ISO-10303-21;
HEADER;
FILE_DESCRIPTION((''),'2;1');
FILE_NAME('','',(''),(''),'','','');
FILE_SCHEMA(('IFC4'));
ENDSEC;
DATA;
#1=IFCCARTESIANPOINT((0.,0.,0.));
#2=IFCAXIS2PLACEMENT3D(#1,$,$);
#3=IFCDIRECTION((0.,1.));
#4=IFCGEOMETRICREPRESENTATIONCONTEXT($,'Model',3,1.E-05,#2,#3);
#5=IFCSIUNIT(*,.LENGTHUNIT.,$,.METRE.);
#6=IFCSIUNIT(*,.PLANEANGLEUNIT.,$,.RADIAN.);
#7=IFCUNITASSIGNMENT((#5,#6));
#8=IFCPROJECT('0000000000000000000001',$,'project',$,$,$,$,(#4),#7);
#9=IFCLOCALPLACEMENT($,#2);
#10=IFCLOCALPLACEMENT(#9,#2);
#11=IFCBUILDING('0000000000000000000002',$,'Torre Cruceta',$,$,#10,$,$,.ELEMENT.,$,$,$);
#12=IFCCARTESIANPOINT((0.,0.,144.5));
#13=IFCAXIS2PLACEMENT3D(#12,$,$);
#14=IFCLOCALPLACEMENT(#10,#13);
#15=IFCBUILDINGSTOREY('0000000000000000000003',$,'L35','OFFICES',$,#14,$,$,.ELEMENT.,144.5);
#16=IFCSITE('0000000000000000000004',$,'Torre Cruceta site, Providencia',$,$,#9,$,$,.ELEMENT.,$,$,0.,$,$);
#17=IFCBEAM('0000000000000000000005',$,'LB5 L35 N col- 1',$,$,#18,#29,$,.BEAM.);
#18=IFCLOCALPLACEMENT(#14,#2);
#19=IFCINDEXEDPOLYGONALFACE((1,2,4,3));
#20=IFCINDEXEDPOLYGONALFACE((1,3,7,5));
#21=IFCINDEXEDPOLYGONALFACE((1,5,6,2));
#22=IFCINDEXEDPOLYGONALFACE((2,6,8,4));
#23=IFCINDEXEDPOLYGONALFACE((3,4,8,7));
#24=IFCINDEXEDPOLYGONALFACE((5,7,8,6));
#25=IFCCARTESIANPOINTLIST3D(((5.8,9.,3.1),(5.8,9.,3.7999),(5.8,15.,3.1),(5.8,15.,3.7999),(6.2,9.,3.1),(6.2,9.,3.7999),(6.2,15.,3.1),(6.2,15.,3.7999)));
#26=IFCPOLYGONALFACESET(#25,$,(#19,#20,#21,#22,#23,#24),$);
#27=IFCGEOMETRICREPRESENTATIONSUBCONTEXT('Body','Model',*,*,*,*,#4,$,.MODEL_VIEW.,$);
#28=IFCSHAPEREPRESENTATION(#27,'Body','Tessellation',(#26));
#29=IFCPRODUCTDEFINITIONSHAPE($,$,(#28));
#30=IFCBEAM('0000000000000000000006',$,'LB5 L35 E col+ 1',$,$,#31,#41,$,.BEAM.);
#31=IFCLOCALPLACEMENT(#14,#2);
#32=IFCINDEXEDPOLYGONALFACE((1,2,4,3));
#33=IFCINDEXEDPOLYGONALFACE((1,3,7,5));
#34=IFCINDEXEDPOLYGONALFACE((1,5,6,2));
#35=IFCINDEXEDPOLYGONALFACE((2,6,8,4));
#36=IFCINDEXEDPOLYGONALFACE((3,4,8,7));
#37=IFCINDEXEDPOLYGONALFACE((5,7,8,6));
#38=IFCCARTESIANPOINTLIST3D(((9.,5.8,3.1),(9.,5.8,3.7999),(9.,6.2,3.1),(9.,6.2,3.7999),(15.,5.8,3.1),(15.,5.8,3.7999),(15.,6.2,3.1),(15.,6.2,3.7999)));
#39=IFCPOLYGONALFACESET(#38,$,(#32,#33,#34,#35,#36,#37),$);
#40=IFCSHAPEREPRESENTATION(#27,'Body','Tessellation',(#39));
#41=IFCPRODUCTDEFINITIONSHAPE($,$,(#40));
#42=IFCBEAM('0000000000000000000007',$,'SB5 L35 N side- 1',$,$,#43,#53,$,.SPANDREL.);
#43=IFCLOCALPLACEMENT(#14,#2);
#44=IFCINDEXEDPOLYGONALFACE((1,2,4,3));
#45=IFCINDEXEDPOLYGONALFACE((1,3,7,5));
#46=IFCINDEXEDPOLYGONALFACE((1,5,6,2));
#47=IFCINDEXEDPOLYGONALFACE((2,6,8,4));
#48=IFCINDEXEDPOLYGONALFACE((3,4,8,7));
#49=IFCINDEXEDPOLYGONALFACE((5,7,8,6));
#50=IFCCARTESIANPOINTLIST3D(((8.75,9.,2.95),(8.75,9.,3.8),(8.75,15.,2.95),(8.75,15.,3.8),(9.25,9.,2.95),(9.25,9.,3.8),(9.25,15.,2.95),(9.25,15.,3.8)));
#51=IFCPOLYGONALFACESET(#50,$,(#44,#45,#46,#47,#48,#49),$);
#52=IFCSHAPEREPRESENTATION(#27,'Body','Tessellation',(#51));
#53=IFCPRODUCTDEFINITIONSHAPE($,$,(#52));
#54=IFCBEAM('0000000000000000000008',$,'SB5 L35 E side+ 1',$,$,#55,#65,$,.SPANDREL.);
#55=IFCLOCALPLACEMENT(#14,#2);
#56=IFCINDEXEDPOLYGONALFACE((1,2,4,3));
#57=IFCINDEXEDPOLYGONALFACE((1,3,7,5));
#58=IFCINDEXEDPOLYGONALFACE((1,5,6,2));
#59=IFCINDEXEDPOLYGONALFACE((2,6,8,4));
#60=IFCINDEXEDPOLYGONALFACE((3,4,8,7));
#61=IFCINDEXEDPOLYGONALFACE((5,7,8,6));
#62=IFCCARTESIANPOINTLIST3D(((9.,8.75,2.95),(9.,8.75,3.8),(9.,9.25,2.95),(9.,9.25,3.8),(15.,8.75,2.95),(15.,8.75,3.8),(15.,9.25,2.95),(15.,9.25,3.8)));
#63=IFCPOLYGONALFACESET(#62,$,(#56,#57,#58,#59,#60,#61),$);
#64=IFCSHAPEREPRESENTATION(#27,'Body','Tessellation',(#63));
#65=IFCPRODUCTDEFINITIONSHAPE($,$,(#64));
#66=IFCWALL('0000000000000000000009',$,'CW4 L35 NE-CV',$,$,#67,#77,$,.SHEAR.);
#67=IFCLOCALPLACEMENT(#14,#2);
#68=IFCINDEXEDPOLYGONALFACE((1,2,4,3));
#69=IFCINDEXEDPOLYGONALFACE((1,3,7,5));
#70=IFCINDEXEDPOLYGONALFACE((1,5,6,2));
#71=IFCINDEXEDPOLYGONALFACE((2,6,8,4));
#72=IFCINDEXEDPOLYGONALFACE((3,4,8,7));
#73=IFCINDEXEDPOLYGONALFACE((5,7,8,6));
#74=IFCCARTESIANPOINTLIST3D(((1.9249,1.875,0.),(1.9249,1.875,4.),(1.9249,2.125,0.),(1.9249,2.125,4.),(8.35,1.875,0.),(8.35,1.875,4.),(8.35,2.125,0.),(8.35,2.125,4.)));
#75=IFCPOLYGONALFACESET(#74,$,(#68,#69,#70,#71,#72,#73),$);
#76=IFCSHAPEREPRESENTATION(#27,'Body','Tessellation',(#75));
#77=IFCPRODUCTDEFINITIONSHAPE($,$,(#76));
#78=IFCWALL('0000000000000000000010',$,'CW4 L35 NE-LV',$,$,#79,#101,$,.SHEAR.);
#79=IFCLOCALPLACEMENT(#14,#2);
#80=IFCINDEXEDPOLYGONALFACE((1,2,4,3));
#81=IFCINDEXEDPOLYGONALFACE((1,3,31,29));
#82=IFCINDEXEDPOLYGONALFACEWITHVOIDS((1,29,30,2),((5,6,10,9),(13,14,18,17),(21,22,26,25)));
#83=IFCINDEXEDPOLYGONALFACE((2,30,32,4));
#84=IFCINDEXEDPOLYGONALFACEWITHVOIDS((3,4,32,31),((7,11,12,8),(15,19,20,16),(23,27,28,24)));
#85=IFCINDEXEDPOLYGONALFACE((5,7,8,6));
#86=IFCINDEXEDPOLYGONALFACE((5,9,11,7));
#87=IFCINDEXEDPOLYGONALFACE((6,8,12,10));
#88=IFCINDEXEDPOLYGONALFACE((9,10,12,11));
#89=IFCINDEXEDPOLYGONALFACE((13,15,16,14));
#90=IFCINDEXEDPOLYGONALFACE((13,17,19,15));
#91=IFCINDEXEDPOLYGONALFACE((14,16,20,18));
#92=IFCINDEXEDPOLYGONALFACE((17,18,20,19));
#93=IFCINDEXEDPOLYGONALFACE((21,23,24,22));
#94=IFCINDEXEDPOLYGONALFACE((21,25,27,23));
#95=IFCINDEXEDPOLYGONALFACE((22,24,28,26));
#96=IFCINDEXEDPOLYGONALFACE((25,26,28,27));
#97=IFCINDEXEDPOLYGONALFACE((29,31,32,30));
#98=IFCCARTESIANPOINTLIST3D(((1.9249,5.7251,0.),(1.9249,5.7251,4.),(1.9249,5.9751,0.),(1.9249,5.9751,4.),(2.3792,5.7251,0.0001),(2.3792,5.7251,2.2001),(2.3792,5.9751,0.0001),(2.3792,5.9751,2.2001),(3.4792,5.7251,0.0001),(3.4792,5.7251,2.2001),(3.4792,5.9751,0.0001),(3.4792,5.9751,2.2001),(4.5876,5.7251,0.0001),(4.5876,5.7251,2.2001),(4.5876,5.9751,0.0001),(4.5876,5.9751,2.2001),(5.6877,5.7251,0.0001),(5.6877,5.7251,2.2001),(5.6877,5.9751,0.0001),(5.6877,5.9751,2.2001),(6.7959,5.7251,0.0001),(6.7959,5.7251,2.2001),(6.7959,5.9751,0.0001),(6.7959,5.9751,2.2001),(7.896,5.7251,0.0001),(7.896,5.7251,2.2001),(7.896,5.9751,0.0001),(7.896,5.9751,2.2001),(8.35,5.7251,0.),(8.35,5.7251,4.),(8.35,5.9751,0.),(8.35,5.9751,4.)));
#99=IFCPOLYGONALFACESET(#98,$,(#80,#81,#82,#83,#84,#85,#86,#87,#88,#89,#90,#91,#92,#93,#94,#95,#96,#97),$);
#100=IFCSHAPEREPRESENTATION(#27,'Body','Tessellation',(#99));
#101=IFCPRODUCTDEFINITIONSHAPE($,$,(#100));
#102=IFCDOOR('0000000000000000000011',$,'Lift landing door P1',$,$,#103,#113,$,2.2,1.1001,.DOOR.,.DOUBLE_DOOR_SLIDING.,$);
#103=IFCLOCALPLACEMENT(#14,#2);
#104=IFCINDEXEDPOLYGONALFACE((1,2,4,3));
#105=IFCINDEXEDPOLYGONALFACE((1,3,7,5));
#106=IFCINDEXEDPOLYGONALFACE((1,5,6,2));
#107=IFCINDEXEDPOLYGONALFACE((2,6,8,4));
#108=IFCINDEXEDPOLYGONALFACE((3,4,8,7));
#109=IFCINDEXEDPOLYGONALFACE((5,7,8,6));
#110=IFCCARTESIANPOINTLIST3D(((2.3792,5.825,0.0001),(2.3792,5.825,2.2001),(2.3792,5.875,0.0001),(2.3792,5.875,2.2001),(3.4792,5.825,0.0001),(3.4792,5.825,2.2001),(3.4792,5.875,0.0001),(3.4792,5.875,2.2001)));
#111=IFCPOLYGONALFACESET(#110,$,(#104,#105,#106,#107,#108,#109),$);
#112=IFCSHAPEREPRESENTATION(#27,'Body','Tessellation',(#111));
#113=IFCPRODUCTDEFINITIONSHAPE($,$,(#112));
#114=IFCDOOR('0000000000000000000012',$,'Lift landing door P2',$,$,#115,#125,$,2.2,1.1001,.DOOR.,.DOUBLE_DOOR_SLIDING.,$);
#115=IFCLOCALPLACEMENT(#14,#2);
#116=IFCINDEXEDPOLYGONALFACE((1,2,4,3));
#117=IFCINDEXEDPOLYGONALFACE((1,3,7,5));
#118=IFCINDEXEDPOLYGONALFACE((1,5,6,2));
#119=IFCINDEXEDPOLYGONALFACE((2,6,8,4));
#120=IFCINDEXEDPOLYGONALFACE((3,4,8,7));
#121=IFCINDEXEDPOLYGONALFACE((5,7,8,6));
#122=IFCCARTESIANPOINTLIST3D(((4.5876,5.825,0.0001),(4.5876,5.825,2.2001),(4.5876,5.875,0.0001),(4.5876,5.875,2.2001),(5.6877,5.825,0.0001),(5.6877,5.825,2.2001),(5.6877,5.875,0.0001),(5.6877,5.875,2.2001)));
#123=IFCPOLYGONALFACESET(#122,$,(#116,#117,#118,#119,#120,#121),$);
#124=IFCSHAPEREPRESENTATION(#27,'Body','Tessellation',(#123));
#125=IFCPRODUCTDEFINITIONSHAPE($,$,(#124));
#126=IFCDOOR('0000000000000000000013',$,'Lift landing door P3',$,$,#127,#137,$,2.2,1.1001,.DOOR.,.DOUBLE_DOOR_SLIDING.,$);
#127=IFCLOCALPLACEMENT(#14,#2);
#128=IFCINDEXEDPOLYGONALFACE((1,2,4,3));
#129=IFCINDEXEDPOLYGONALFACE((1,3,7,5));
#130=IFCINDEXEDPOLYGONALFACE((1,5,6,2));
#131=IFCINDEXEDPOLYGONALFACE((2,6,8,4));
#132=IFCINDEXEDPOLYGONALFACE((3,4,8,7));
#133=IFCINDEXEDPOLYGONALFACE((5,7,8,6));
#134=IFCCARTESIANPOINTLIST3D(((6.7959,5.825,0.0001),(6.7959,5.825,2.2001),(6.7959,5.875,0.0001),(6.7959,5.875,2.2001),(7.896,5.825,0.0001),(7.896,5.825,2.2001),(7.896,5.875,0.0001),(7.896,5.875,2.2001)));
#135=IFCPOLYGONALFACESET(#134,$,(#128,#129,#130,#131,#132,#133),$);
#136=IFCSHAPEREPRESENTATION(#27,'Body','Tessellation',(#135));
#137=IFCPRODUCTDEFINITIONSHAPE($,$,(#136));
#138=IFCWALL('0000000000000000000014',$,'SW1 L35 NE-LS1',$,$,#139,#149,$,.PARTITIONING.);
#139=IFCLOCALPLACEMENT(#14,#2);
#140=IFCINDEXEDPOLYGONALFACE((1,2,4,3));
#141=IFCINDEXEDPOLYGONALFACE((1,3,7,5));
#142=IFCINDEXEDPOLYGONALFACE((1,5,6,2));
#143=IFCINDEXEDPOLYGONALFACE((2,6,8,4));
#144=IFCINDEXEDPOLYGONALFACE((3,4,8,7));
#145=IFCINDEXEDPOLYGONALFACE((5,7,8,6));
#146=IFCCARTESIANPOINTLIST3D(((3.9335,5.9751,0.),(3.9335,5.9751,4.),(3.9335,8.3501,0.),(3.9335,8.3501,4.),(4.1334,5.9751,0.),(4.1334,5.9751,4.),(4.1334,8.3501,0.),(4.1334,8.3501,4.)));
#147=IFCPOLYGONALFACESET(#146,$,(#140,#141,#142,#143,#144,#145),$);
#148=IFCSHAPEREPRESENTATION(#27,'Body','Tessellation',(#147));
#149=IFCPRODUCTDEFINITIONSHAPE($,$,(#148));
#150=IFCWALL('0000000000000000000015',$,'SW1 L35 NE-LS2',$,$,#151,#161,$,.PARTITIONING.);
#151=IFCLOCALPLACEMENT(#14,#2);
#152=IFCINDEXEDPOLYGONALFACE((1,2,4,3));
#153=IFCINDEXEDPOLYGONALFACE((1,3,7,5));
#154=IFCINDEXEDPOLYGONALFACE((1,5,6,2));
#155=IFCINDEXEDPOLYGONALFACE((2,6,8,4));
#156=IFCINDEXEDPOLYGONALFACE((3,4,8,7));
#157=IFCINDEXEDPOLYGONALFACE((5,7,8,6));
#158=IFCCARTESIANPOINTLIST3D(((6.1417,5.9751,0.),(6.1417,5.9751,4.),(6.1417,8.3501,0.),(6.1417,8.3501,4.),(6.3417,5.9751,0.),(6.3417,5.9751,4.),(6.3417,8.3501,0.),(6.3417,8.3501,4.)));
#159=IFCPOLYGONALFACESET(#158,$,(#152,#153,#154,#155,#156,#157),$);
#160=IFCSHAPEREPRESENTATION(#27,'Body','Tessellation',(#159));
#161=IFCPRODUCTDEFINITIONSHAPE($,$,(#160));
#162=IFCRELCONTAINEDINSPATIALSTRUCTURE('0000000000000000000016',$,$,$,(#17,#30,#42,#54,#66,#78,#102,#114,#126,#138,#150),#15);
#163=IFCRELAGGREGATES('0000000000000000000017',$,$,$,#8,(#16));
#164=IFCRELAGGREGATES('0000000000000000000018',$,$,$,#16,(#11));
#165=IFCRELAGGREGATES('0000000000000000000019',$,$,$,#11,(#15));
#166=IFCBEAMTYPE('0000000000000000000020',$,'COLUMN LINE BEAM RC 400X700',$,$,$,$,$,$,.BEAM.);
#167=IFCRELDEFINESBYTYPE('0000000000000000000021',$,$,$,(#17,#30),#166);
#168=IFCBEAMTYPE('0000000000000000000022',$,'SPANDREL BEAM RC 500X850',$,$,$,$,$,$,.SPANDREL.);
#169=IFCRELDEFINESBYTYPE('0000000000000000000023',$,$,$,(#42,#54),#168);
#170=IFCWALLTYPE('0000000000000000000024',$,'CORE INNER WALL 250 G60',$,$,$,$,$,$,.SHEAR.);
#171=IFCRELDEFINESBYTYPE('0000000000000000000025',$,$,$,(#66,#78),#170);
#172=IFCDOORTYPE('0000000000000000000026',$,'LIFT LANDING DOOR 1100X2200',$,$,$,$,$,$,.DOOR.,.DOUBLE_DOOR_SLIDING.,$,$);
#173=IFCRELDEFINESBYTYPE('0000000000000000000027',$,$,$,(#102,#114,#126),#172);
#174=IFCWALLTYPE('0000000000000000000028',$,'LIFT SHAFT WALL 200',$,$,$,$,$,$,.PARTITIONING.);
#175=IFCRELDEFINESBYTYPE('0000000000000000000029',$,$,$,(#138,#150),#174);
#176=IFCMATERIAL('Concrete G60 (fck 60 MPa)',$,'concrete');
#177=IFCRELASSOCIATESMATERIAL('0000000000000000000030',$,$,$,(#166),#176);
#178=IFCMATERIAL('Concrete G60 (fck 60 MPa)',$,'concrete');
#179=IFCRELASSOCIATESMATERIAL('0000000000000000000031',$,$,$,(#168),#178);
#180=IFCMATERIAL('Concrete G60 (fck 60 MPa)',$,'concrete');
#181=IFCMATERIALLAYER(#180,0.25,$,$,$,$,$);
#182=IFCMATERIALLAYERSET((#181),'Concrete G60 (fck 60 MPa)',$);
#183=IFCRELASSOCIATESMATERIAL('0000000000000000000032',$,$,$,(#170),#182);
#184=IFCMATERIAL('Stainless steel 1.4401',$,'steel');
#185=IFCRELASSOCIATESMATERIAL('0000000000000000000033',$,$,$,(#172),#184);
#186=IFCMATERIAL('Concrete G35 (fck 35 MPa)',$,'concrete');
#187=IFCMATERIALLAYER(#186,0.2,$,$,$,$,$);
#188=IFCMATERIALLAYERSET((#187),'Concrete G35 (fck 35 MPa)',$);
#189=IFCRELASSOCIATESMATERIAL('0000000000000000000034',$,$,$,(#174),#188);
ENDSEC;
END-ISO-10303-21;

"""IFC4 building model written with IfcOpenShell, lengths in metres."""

from ifc_helpers import new_model, si_unit, direction, frame, frame_2d, origin, origin_2d, place, context, subcontext, project, spatial, rectangle, extrude, material, layer, layer_set, material_profile, profile_set, type_object, element, fill, save


model = new_model("IFC4")

# Units and contexts
model_context = context("Model", 3, precision=1e-05, world=origin(), true_north=direction((0.0, 1.0)))
body_context = subcontext(model_context, "Body", "Model", "MODEL_VIEW")
ifc_project = project(units=[si_unit("LENGTHUNIT", "METRE"), si_unit("PLANEANGLEUNIT", "RADIAN")], contexts=[model_context])

# Site, building, storey
site_placement = place(None, origin())
site = spatial("IfcSite", under=ifc_project, at=site_placement, Name="Torre Cruceta site, Providencia", CompositionType="ELEMENT", RefElevation=0.0)
building_placement = place(site_placement, origin())
building = spatial("IfcBuilding", under=site, at=building_placement, Name="Torre Cruceta", CompositionType="ELEMENT")
storey_placement = place(building_placement, frame((0.0, 0.0, 144.5)))
storey = spatial("IfcBuildingStorey", under=building, at=storey_placement, Name="L35", Description="OFFICES", CompositionType="ELEMENT", Elevation=144.5)

# Beams
ifc_material_1 = material(Name="Concrete G60 (fck 60 MPa)", Category="concrete")
ifc_material_profile_1 = material_profile(ifc_material_1, rectangle(XDim=0.3999, YDim=0.7, at=origin_2d()), Name="RC 400X700")
ifc_profile_set_1 = profile_set([ifc_material_profile_1], Name="Concrete G60 (fck 60 MPa)")
beam_type_1 = type_object("IfcBeamType", Name="COLUMN LINE BEAM RC 400X700", PredefinedType="BEAM", material=ifc_profile_set_1)
for number, where, z_axis, x_axis, name in (
    (1, (6.0, 9.0, 3.45), (0.0, 1.0, 0.0), (-1.0, 0.0, 0.0), "LB5 L35 N col- 1"),
    (2, (9.0, 6.0, 3.45), (1.0, 0.0, 0.0), (0.0, 1.0, 0.0), "LB5 L35 E col+ 1"),
):
    element("IfcBeam", number, at=place(storey_placement, frame(where, z_axis=z_axis, x_axis=x_axis)), inside=storey, type_object=beam_type_1, Name=name, PredefinedType="BEAM", context=body_context, shape_type="SweptSolid", body=[
        extrude(rectangle(XDim=0.3999, YDim=0.7, at=origin_2d()), origin(), (0.0, 0.0, 1.0), 6.0),
    ])
ifc_material_2 = material(Name="Concrete G60 (fck 60 MPa)", Category="concrete")
ifc_material_profile_2 = material_profile(ifc_material_2, rectangle(XDim=0.5, YDim=0.8501, at=origin_2d()), Name="RC 500X850")
ifc_profile_set_2 = profile_set([ifc_material_profile_2], Name="Concrete G60 (fck 60 MPa)")
beam_type_2 = type_object("IfcBeamType", Name="SPANDREL BEAM RC 500X850", PredefinedType="SPANDREL", material=ifc_profile_set_2)
for number, where, z_axis, x_axis, name in (
    (3, (9.0, 9.0, 3.375), (0.0, 1.0, 0.0), (-1.0, 0.0, 0.0), "SB5 L35 N side- 1"),
    (4, (9.0, 9.0, 3.375), (1.0, 0.0, 0.0), (0.0, 1.0, 0.0), "SB5 L35 E side+ 1"),
):
    element("IfcBeam", number, at=place(storey_placement, frame(where, z_axis=z_axis, x_axis=x_axis)), inside=storey, type_object=beam_type_2, Name=name, PredefinedType="SPANDREL", context=body_context, shape_type="SweptSolid", body=[
        extrude(rectangle(XDim=0.5, YDim=0.8501, at=origin_2d()), origin(), (0.0, 0.0, 1.0), 6.0),
    ])

# Shared definitions
ifc_material_3 = material(Name="Concrete G60 (fck 60 MPa)", Category="concrete")
ifc_layer_1 = layer(ifc_material_3, 0.25)
ifc_layer_set_1 = layer_set([ifc_layer_1], Name="Concrete G60 (fck 60 MPa)")
wall_type_1 = type_object("IfcWallType", Name="CORE INNER WALL 250 G60", PredefinedType="SHEAR", material=ifc_layer_set_1)

# Wall
wall_1_placement = place(storey_placement, frame((1.925, 2.0, 0.0), z_axis=(0.0, 0.0, 1.0), x_axis=(1.0, 0.0, 0.0)))
element("IfcWall", 5, at=wall_1_placement, inside=storey, type_object=wall_type_1, Name="CW4 L35 NE-CV", PredefinedType="SHEAR", context=body_context, shape_type="SweptSolid", body=[
    extrude(rectangle(XDim=6.425, YDim=0.25, at=frame_2d((3.2124, 0.0))), origin(), (0.0, 0.0, 1.0), 4.0),
])

# Wall, openings, doors
wall_2_placement = place(storey_placement, frame((1.925, 5.8501, 0.0), z_axis=(0.0, 0.0, 1.0), x_axis=(1.0, 0.0, 0.0)))
wall_2 = element("IfcWall", 6, at=wall_2_placement, inside=storey, type_object=wall_type_1, Name="CW4 L35 NE-LV", PredefinedType="SHEAR", context=body_context, shape_type="SweptSolid", body=[
    extrude(rectangle(XDim=6.425, YDim=0.25, at=frame_2d((3.2124, 0.0))), origin(), (0.0, 0.0, 1.0), 4.0),
])
opening_1_placement = place(wall_2_placement, frame((0.4541, 0.0, 0.0)))
opening_1 = element("IfcOpeningElement", 7, at=opening_1_placement, cuts=wall_2, PredefinedType="OPENING", context=body_context, shape_type="SweptSolid", body=[
    extrude(rectangle(XDim=1.1001, YDim=2.2, at=frame_2d((0.55, 1.1001))), frame((0.0, 0.135, 0.0), z_axis=(0.0, -1.0, 0.0), x_axis=(1.0, 0.0, 0.0)), (0.0, 0.0, 1.0), 0.27),
])
opening_2_placement = place(wall_2_placement, frame((2.6626, 0.0, 0.0)))
opening_2 = element("IfcOpeningElement", 8, at=opening_2_placement, cuts=wall_2, PredefinedType="OPENING", context=body_context, shape_type="SweptSolid", body=[
    extrude(rectangle(XDim=1.1001, YDim=2.2, at=frame_2d((0.55, 1.1001))), frame((0.0, 0.135, 0.0), z_axis=(0.0, -1.0, 0.0), x_axis=(1.0, 0.0, 0.0)), (0.0, 0.0, 1.0), 0.27),
])
opening_3_placement = place(wall_2_placement, frame((4.8708, 0.0, 0.0)))
opening_3 = element("IfcOpeningElement", 9, at=opening_3_placement, cuts=wall_2, PredefinedType="OPENING", context=body_context, shape_type="SweptSolid", body=[
    extrude(rectangle(XDim=1.1001, YDim=2.2, at=frame_2d((0.55, 1.1001))), frame((0.0, 0.135, 0.0), z_axis=(0.0, -1.0, 0.0), x_axis=(1.0, 0.0, 0.0)), (0.0, 0.0, 1.0), 0.27),
])
ifc_material_4 = material(Name="Stainless steel 1.4401", Category="steel")
door_type_1 = type_object("IfcDoorType", Name="LIFT LANDING DOOR 1100X2200", OperationType="DOUBLE_DOOR_SLIDING", PredefinedType="DOOR", material=ifc_material_4)
door_1_placement = place(opening_1_placement, origin())
door_1 = element("IfcDoor", 10, at=door_1_placement, inside=storey, type_object=door_type_1, Name="Lift landing door P1", OperationType="DOUBLE_DOOR_SLIDING", OverallHeight=2.2, OverallWidth=1.1001, PredefinedType="DOOR", context=body_context, shape_type="SweptSolid", body=[
    extrude(rectangle(XDim=1.1001, YDim=2.2, at=frame_2d((0.55, 1.1001))), frame((0.0, 0.0249, 0.0), z_axis=(0.0, -1.0, 0.0), x_axis=(1.0, 0.0, 0.0)), (0.0, 0.0, 1.0), 0.05),
])
fill(opening_1, door_1)
door_2_placement = place(opening_2_placement, origin())
door_2 = element("IfcDoor", 11, at=door_2_placement, inside=storey, type_object=door_type_1, Name="Lift landing door P2", OperationType="DOUBLE_DOOR_SLIDING", OverallHeight=2.2, OverallWidth=1.1001, PredefinedType="DOOR", context=body_context, shape_type="SweptSolid", body=[
    extrude(rectangle(XDim=1.1001, YDim=2.2, at=frame_2d((0.55, 1.1001))), frame((0.0, 0.0249, 0.0), z_axis=(0.0, -1.0, 0.0), x_axis=(1.0, 0.0, 0.0)), (0.0, 0.0, 1.0), 0.05),
])
fill(opening_2, door_2)
door_3_placement = place(opening_3_placement, origin())
door_3 = element("IfcDoor", 12, at=door_3_placement, inside=storey, type_object=door_type_1, Name="Lift landing door P3", OperationType="DOUBLE_DOOR_SLIDING", OverallHeight=2.2, OverallWidth=1.1001, PredefinedType="DOOR", context=body_context, shape_type="SweptSolid", body=[
    extrude(rectangle(XDim=1.1001, YDim=2.2, at=frame_2d((0.55, 1.1001))), frame((0.0, 0.0249, 0.0), z_axis=(0.0, -1.0, 0.0), x_axis=(1.0, 0.0, 0.0)), (0.0, 0.0, 1.0), 0.05),
])
fill(opening_3, door_3)

# Walls
ifc_material_5 = material(Name="Concrete G35 (fck 35 MPa)", Category="concrete")
ifc_layer_2 = layer(ifc_material_5, 0.2)
ifc_layer_set_2 = layer_set([ifc_layer_2], Name="Concrete G35 (fck 35 MPa)")
wall_type_2 = type_object("IfcWallType", Name="LIFT SHAFT WALL 200", PredefinedType="PARTITIONING", material=ifc_layer_set_2)
for number, where, z_axis, x_axis, name in (
    (13, (4.0334, 5.9751, 0.0), (0.0, 0.0, 1.0), (0.0, 1.0, 0.0), "SW1 L35 NE-LS1"),
    (14, (6.2417, 5.9751, 0.0), (0.0, 0.0, 1.0), (0.0, 1.0, 0.0), "SW1 L35 NE-LS2"),
):
    element("IfcWall", number, at=place(storey_placement, frame(where, z_axis=z_axis, x_axis=x_axis)), inside=storey, type_object=wall_type_2, Name=name, PredefinedType="PARTITIONING", context=body_context, shape_type="SweptSolid", body=[
        extrude(rectangle(XDim=2.375, YDim=0.2, at=frame_2d((1.1875, 0.0))), origin(), (0.0, 0.0, 1.0), 4.0),
    ])

save(model, "model.ifc")
